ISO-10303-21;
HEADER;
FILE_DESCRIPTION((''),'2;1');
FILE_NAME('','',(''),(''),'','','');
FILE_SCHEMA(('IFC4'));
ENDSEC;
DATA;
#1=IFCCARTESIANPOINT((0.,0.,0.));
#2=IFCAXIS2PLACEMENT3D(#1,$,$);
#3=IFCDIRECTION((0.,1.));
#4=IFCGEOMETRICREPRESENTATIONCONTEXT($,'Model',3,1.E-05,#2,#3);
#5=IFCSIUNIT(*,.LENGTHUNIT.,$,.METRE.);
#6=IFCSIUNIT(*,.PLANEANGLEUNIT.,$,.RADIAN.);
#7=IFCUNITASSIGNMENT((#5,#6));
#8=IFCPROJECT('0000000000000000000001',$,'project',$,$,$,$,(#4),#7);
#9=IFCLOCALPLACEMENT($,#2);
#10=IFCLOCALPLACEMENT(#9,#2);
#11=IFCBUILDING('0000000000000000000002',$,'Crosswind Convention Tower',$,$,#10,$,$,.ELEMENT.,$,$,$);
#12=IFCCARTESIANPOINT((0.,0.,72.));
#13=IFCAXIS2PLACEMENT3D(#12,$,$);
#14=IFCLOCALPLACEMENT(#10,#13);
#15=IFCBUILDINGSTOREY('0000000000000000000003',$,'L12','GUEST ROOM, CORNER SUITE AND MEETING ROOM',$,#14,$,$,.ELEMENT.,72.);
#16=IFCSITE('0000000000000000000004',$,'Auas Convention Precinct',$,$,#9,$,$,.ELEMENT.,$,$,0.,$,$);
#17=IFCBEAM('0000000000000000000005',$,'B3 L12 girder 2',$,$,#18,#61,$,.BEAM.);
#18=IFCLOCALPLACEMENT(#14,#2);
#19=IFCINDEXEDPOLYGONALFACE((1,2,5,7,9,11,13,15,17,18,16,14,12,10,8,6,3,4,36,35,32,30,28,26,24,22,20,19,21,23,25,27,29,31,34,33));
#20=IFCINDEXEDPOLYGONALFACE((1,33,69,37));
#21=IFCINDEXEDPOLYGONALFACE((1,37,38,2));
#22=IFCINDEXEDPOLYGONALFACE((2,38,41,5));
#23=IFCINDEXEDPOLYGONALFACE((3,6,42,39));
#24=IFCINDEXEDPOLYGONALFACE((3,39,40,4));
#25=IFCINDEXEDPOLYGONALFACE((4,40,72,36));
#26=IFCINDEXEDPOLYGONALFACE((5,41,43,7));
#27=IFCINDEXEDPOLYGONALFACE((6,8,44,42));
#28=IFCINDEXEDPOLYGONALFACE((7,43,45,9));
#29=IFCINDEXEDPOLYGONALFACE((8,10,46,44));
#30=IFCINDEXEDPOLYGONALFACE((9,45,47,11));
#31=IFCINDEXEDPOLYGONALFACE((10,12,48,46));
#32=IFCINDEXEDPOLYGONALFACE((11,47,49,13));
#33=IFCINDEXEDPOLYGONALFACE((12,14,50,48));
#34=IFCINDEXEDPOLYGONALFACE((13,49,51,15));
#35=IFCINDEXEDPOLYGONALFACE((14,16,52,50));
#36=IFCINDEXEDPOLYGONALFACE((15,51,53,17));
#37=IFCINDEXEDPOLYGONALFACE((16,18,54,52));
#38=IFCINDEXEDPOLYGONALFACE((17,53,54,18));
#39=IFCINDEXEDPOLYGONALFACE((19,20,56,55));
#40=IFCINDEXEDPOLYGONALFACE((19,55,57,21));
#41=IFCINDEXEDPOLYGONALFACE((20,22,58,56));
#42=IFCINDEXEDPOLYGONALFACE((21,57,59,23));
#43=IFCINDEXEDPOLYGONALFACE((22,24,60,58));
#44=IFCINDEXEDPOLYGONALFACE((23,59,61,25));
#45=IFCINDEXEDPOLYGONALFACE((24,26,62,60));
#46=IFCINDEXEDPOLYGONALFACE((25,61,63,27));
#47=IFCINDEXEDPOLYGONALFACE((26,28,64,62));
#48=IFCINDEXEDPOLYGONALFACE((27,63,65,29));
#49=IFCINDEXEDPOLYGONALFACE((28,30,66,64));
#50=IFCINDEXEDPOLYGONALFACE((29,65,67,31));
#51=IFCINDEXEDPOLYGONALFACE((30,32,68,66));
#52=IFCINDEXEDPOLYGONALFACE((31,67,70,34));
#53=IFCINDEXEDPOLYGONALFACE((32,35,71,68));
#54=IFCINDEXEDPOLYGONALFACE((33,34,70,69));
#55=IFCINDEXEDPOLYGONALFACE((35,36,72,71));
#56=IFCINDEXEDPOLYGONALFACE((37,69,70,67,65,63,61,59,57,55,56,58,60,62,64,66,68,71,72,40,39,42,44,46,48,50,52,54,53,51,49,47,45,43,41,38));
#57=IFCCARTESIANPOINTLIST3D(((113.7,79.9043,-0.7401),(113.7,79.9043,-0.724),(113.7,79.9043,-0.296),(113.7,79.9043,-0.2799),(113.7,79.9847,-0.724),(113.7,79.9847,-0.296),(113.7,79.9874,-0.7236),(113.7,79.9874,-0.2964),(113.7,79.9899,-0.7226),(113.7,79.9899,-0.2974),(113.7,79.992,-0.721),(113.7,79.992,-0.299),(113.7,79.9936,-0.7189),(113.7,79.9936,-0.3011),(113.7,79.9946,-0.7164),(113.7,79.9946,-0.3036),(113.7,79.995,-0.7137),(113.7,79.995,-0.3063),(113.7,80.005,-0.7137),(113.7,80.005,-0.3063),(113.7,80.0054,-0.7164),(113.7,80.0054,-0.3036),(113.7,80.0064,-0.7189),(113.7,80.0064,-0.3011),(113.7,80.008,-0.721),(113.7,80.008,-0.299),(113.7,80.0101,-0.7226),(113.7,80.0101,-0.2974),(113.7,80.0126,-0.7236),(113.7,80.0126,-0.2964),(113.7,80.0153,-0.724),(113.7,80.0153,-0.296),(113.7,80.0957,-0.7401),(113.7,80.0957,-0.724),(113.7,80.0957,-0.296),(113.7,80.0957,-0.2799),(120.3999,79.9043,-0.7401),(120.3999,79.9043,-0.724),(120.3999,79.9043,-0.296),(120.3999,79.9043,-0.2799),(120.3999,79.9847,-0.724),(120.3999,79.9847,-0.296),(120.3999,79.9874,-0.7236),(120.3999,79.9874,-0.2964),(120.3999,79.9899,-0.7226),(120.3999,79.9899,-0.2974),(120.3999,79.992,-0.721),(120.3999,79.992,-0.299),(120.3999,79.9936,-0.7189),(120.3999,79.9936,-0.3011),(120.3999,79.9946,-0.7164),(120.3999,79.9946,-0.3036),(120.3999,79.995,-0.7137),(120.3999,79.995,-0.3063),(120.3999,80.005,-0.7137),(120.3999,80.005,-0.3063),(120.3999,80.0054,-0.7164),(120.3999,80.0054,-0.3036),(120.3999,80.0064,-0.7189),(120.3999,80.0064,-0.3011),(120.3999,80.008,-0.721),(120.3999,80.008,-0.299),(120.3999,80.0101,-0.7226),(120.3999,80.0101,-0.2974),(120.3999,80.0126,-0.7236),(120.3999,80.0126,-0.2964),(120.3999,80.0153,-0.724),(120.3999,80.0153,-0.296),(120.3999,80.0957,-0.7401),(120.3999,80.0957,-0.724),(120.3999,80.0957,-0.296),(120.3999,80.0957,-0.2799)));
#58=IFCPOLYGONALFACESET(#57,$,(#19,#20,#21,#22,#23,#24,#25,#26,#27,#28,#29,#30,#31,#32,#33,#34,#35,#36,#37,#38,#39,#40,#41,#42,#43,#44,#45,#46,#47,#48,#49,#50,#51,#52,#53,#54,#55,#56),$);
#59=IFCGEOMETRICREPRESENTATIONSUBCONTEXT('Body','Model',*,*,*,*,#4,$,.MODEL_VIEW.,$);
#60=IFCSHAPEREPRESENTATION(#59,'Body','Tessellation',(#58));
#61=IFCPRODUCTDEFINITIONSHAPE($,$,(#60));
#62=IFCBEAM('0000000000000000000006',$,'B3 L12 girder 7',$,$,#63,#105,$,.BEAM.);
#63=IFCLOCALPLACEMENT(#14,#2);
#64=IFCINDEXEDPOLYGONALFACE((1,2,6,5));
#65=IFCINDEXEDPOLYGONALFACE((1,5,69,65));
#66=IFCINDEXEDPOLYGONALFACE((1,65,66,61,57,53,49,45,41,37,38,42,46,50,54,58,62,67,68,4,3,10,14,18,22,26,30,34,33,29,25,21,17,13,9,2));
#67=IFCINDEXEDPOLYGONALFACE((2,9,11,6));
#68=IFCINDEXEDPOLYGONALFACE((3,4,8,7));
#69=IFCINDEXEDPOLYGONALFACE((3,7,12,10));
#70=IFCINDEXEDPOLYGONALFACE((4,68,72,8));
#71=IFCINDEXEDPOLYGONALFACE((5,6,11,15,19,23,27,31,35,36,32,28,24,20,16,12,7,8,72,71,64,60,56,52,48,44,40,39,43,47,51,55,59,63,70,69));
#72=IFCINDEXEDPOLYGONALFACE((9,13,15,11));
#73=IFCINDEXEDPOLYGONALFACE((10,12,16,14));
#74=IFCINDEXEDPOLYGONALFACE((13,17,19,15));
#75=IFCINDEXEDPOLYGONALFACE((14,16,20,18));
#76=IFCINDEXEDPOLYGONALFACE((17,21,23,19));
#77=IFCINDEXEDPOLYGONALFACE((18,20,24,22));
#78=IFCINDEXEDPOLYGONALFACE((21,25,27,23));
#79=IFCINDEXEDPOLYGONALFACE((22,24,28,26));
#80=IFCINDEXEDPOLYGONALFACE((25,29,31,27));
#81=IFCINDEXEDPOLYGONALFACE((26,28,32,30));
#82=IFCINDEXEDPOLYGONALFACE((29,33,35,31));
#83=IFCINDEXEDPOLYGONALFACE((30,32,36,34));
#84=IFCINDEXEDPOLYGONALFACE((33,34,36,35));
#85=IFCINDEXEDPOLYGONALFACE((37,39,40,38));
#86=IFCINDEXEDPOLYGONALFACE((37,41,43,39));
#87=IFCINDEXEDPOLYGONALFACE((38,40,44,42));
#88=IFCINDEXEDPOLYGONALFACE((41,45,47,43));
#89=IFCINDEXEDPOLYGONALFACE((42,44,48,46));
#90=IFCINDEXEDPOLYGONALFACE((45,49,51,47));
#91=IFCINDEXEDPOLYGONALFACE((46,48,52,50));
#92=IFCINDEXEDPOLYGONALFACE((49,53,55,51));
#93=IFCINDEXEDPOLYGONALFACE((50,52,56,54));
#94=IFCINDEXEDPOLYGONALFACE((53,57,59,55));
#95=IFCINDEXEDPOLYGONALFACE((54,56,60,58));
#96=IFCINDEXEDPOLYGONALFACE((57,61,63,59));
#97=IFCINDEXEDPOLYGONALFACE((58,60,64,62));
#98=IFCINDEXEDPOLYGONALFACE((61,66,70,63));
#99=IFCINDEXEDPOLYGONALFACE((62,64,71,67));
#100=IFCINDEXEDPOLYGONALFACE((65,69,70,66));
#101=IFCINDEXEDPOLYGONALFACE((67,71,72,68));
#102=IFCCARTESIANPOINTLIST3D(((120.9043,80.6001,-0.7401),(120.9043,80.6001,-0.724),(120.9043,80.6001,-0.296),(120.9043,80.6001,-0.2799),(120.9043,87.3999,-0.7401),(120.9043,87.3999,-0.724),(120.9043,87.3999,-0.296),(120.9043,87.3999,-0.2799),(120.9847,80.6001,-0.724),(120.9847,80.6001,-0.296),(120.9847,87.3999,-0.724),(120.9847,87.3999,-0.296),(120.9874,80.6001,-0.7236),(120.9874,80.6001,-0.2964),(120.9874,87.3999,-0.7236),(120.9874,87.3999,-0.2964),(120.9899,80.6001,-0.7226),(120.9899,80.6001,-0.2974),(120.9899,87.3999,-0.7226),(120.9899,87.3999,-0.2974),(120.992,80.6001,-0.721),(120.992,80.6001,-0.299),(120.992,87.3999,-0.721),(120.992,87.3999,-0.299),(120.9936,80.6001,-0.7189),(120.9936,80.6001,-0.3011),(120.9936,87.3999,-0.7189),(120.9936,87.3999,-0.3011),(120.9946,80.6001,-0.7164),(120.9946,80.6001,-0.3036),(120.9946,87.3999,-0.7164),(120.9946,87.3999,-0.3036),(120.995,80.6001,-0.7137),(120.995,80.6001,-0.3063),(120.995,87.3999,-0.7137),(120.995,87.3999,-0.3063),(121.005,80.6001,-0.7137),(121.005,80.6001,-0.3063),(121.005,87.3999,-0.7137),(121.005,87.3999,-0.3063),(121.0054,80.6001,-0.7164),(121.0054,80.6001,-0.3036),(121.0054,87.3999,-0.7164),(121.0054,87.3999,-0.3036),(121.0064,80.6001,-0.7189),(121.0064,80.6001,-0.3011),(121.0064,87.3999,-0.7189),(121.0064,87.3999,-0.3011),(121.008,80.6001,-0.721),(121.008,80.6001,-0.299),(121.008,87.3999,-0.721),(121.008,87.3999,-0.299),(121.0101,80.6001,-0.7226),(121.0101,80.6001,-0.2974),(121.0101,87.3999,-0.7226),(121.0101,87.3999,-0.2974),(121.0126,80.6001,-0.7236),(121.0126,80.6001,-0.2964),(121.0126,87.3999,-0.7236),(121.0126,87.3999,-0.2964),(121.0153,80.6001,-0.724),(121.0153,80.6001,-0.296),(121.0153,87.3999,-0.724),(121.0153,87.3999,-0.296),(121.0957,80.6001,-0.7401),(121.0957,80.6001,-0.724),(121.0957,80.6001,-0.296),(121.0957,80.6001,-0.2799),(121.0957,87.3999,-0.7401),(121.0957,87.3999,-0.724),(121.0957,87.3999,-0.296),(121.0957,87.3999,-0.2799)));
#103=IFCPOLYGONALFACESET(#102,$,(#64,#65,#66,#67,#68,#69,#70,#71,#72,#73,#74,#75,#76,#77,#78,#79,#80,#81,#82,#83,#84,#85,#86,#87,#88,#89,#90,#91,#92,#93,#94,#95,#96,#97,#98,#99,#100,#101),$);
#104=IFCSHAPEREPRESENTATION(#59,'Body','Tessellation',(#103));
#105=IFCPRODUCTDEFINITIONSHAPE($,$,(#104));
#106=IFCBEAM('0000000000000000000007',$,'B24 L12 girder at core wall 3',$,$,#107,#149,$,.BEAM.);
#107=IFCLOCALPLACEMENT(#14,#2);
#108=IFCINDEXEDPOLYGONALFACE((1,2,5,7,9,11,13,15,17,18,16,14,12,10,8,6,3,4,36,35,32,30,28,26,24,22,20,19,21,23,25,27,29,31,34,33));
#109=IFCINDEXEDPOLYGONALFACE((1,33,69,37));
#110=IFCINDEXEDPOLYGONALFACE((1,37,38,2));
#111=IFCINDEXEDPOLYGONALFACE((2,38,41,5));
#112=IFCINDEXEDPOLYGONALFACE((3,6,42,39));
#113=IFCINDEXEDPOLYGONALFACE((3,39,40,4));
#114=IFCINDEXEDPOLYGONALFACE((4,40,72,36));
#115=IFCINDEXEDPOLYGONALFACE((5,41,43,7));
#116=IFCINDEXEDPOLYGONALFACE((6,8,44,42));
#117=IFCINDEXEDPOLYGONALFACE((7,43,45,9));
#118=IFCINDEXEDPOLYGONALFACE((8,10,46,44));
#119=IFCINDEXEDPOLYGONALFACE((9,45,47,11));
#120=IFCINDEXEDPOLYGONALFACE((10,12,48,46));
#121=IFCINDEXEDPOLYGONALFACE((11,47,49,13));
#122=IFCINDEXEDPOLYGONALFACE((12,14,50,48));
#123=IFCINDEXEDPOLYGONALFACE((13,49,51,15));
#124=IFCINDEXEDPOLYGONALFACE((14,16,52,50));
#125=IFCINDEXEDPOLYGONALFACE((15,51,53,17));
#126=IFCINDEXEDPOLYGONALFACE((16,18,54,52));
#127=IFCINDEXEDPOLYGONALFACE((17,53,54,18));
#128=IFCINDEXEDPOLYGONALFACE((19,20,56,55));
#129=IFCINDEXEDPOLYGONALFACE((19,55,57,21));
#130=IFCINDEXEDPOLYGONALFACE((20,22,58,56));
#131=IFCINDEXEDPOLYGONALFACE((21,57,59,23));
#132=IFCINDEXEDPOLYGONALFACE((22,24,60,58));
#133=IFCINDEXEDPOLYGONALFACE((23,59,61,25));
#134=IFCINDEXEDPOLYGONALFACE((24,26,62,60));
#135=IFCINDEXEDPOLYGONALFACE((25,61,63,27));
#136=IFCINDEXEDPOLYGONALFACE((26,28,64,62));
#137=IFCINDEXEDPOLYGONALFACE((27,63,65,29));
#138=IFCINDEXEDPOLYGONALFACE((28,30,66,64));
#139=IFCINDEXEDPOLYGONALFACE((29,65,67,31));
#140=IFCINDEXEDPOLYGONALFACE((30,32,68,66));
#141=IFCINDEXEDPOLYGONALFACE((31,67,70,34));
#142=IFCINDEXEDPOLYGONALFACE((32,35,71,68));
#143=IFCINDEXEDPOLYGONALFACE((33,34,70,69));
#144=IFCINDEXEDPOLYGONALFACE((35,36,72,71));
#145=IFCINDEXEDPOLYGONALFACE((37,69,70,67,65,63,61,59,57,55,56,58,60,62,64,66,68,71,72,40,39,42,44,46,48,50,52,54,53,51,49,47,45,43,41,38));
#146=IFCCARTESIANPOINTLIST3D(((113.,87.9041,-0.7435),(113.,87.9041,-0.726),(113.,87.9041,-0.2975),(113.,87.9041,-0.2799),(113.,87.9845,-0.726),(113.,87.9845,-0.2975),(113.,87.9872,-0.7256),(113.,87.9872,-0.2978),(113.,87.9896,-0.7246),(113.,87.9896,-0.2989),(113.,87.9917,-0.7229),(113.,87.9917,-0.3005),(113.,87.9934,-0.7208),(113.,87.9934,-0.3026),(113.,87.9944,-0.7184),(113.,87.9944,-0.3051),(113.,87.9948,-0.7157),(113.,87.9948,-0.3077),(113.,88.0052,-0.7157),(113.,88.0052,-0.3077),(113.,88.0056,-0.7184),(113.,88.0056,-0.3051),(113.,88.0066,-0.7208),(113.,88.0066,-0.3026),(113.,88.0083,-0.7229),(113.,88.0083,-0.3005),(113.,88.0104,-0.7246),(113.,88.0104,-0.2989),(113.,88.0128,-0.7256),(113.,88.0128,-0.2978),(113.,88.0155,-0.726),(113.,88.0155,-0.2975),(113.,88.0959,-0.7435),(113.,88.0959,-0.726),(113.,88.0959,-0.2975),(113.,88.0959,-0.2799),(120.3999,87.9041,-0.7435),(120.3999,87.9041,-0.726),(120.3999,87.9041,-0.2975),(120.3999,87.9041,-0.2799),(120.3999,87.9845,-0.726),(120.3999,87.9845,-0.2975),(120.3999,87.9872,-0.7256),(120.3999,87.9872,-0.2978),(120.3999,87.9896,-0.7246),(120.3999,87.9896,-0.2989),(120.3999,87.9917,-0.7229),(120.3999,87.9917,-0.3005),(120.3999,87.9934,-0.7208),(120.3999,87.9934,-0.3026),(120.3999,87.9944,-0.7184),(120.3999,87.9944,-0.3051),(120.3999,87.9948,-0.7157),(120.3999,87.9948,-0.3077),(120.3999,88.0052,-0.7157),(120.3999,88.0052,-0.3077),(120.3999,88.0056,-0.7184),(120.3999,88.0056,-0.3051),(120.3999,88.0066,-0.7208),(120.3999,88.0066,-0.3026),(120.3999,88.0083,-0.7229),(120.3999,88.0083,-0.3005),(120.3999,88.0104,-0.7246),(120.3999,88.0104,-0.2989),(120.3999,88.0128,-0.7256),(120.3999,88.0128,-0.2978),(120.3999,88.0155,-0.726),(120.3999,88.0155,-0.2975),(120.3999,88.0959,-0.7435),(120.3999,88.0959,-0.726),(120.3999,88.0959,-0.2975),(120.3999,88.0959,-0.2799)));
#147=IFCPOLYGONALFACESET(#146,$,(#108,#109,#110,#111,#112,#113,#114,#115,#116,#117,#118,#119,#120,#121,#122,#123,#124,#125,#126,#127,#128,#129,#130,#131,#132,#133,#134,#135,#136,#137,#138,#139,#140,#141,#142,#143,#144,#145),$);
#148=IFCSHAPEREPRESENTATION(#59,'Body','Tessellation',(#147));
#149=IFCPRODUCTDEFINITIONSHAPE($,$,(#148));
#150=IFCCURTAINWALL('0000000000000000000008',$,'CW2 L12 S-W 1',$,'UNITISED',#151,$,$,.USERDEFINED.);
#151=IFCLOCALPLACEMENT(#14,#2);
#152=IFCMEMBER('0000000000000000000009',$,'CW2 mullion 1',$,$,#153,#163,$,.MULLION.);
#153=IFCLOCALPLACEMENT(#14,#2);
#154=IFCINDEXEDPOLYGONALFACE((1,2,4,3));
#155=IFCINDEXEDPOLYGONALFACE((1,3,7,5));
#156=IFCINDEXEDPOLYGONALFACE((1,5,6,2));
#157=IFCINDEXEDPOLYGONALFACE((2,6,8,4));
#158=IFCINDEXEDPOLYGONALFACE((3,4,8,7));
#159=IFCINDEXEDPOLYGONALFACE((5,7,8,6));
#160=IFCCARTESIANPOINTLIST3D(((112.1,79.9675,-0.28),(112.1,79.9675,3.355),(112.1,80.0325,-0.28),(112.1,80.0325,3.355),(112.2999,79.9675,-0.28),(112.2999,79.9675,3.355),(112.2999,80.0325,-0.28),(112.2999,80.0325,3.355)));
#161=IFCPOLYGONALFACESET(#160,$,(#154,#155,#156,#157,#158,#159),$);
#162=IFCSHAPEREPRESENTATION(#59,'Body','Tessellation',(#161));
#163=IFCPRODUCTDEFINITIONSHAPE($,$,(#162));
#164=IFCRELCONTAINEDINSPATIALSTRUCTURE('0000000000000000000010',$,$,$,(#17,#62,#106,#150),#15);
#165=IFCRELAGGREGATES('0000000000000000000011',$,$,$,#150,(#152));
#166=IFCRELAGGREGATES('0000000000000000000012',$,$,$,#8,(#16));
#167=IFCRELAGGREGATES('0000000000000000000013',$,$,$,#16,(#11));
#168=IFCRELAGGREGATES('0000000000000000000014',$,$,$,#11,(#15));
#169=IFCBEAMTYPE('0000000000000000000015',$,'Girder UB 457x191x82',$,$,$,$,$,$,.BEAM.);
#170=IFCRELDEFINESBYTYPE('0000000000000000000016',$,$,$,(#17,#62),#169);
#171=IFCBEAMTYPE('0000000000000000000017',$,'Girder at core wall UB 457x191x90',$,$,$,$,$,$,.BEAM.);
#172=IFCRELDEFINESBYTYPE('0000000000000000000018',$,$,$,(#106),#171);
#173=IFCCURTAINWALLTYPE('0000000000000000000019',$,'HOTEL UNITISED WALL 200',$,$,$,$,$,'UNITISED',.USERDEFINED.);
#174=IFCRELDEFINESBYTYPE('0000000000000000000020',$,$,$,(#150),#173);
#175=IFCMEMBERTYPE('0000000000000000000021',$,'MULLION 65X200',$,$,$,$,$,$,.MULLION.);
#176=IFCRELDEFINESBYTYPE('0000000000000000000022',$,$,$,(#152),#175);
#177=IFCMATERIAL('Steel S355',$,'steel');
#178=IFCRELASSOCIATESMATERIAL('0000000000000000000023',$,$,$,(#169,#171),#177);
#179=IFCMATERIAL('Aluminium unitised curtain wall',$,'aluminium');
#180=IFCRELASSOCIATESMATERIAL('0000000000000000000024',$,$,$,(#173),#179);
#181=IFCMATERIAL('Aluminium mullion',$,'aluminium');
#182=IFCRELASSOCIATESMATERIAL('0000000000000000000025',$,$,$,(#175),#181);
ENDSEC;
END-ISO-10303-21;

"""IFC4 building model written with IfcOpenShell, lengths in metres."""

from ifc_helpers import new_model, si_unit, direction, frame, origin, origin_2d, place, context, subcontext, project, spatial, rectangle, i_section, extrude, material, material_profile, profile_set, type_object, element, aggregate, save


model = new_model("IFC4")

# Units and contexts
model_context = context("Model", 3, precision=1e-05, world=origin(), true_north=direction((0.0, 1.0)))
body_context = subcontext(model_context, "Body", "Model", "MODEL_VIEW")
ifc_project = project(units=[si_unit("LENGTHUNIT", "METRE"), si_unit("PLANEANGLEUNIT", "RADIAN")], contexts=[model_context])

# Site, building, storey
site_placement = place(None, origin())
site = spatial("IfcSite", under=ifc_project, at=site_placement, Name="Auas Convention Precinct", CompositionType="ELEMENT", RefElevation=0.0)
building_placement = place(site_placement, origin())
building = spatial("IfcBuilding", under=site, at=building_placement, Name="Crosswind Convention Tower", CompositionType="ELEMENT")
storey_placement = place(building_placement, frame((0.0, 0.0, 72.0)))
storey = spatial("IfcBuildingStorey", under=building, at=storey_placement, Name="L12", Description="GUEST ROOM, CORNER SUITE AND MEETING ROOM", CompositionType="ELEMENT", Elevation=72.0)

# Beams
ifc_material_1 = material(Name="Steel S355", Category="steel")
ifc_material_profile_1 = material_profile(ifc_material_1, i_section(OverallWidth=0.1914, OverallDepth=0.4602, WebThickness=0.01, FlangeThickness=0.0161, FilletRadius=0.0103, at=origin_2d()), Name="UB 457x191x82")
ifc_profile_set_1 = profile_set([ifc_material_profile_1], Name="Steel S355")
beam_type_1 = type_object("IfcBeamType", Name="Girder UB 457x191x82", PredefinedType="BEAM", material=ifc_profile_set_1)
beam_1_placement = place(storey_placement, frame((113.7, 80.0, -0.51), z_axis=(1.0, 0.0, 0.0), x_axis=(0.0, 1.0, 0.0)))
element("IfcBeam", 1, at=beam_1_placement, inside=storey, type_object=beam_type_1, Name="B3 L12 girder 2", PredefinedType="BEAM", context=body_context, shape_type="SweptSolid", body=[
    extrude(i_section(OverallWidth=0.1914, OverallDepth=0.4602, WebThickness=0.01, FlangeThickness=0.0161, FilletRadius=0.0103, at=origin_2d()), origin(), (0.0, 0.0, 1.0), 6.7),
])
beam_2_placement = place(storey_placement, frame((121.0, 80.6001, -0.51), z_axis=(0.0, 1.0, 0.0), x_axis=(-1.0, 0.0, 0.0)))
element("IfcBeam", 2, at=beam_2_placement, inside=storey, type_object=beam_type_1, Name="B3 L12 girder 7", PredefinedType="BEAM", context=body_context, shape_type="SweptSolid", body=[
    extrude(i_section(OverallWidth=0.1914, OverallDepth=0.4602, WebThickness=0.01, FlangeThickness=0.0161, FilletRadius=0.0103, at=origin_2d()), origin(), (0.0, 0.0, 1.0), 6.7998),
])
ifc_material_profile_2 = material_profile(ifc_material_1, i_section(OverallWidth=0.1919, OverallDepth=0.4636, WebThickness=0.0105, FlangeThickness=0.0176, FilletRadius=0.0103, at=origin_2d()), Name="UB 457x191x90")
ifc_profile_set_2 = profile_set([ifc_material_profile_2], Name="Steel S355")
beam_type_2 = type_object("IfcBeamType", Name="Girder at core wall UB 457x191x90", PredefinedType="BEAM", material=ifc_profile_set_2)
beam_3_placement = place(storey_placement, frame((113.0, 88.0, -0.5117), z_axis=(1.0, 0.0, 0.0), x_axis=(0.0, 1.0, 0.0)))
element("IfcBeam", 3, at=beam_3_placement, inside=storey, type_object=beam_type_2, Name="B24 L12 girder at core wall 3", PredefinedType="BEAM", context=body_context, shape_type="SweptSolid", body=[
    extrude(i_section(OverallWidth=0.1919, OverallDepth=0.4636, WebThickness=0.0105, FlangeThickness=0.0176, FilletRadius=0.0103, at=origin_2d()), origin(), (0.0, 0.0, 1.0), 7.3999),
])

# Curtain wall, member
ifc_material_2 = material(Name="Aluminium unitised curtain wall", Category="aluminium")
curtain_wall_type = type_object("IfcCurtainWallType", Name="HOTEL UNITISED WALL 200", ElementType="UNITISED", PredefinedType="USERDEFINED", material=ifc_material_2)
curtain_wall_placement = place(storey_placement, origin())
curtain_wall = element("IfcCurtainWall", 4, at=curtain_wall_placement, inside=storey, type_object=curtain_wall_type, Name="CW2 L12 S-W 1", ObjectType="UNITISED", PredefinedType="USERDEFINED")
ifc_material_3 = material(Name="Aluminium mullion", Category="aluminium")
ifc_material_profile_3 = material_profile(ifc_material_3, rectangle(XDim=0.2, YDim=0.0649, at=origin_2d()), Name="AL 200X65")
ifc_profile_set_3 = profile_set([ifc_material_profile_3], Name="Aluminium mullion")
member_type = type_object("IfcMemberType", Name="MULLION 65X200", PredefinedType="MULLION", material=ifc_profile_set_3)
member_placement = place(storey_placement, frame((112.2, 80.0, -0.28), z_axis=(0.0, 0.0, 1.0), x_axis=(-1.0, 0.0, 0.0)))
member = element("IfcMember", 5, at=member_placement, type_object=member_type, Name="CW2 mullion 1", PredefinedType="MULLION", context=body_context, shape_type="SweptSolid", body=[
    extrude(rectangle(XDim=0.2, YDim=0.0649, at=origin_2d()), origin(), (0.0, 0.0, 1.0), 3.635),
])
aggregate(curtain_wall, [member])

save(model, "model.ifc")
